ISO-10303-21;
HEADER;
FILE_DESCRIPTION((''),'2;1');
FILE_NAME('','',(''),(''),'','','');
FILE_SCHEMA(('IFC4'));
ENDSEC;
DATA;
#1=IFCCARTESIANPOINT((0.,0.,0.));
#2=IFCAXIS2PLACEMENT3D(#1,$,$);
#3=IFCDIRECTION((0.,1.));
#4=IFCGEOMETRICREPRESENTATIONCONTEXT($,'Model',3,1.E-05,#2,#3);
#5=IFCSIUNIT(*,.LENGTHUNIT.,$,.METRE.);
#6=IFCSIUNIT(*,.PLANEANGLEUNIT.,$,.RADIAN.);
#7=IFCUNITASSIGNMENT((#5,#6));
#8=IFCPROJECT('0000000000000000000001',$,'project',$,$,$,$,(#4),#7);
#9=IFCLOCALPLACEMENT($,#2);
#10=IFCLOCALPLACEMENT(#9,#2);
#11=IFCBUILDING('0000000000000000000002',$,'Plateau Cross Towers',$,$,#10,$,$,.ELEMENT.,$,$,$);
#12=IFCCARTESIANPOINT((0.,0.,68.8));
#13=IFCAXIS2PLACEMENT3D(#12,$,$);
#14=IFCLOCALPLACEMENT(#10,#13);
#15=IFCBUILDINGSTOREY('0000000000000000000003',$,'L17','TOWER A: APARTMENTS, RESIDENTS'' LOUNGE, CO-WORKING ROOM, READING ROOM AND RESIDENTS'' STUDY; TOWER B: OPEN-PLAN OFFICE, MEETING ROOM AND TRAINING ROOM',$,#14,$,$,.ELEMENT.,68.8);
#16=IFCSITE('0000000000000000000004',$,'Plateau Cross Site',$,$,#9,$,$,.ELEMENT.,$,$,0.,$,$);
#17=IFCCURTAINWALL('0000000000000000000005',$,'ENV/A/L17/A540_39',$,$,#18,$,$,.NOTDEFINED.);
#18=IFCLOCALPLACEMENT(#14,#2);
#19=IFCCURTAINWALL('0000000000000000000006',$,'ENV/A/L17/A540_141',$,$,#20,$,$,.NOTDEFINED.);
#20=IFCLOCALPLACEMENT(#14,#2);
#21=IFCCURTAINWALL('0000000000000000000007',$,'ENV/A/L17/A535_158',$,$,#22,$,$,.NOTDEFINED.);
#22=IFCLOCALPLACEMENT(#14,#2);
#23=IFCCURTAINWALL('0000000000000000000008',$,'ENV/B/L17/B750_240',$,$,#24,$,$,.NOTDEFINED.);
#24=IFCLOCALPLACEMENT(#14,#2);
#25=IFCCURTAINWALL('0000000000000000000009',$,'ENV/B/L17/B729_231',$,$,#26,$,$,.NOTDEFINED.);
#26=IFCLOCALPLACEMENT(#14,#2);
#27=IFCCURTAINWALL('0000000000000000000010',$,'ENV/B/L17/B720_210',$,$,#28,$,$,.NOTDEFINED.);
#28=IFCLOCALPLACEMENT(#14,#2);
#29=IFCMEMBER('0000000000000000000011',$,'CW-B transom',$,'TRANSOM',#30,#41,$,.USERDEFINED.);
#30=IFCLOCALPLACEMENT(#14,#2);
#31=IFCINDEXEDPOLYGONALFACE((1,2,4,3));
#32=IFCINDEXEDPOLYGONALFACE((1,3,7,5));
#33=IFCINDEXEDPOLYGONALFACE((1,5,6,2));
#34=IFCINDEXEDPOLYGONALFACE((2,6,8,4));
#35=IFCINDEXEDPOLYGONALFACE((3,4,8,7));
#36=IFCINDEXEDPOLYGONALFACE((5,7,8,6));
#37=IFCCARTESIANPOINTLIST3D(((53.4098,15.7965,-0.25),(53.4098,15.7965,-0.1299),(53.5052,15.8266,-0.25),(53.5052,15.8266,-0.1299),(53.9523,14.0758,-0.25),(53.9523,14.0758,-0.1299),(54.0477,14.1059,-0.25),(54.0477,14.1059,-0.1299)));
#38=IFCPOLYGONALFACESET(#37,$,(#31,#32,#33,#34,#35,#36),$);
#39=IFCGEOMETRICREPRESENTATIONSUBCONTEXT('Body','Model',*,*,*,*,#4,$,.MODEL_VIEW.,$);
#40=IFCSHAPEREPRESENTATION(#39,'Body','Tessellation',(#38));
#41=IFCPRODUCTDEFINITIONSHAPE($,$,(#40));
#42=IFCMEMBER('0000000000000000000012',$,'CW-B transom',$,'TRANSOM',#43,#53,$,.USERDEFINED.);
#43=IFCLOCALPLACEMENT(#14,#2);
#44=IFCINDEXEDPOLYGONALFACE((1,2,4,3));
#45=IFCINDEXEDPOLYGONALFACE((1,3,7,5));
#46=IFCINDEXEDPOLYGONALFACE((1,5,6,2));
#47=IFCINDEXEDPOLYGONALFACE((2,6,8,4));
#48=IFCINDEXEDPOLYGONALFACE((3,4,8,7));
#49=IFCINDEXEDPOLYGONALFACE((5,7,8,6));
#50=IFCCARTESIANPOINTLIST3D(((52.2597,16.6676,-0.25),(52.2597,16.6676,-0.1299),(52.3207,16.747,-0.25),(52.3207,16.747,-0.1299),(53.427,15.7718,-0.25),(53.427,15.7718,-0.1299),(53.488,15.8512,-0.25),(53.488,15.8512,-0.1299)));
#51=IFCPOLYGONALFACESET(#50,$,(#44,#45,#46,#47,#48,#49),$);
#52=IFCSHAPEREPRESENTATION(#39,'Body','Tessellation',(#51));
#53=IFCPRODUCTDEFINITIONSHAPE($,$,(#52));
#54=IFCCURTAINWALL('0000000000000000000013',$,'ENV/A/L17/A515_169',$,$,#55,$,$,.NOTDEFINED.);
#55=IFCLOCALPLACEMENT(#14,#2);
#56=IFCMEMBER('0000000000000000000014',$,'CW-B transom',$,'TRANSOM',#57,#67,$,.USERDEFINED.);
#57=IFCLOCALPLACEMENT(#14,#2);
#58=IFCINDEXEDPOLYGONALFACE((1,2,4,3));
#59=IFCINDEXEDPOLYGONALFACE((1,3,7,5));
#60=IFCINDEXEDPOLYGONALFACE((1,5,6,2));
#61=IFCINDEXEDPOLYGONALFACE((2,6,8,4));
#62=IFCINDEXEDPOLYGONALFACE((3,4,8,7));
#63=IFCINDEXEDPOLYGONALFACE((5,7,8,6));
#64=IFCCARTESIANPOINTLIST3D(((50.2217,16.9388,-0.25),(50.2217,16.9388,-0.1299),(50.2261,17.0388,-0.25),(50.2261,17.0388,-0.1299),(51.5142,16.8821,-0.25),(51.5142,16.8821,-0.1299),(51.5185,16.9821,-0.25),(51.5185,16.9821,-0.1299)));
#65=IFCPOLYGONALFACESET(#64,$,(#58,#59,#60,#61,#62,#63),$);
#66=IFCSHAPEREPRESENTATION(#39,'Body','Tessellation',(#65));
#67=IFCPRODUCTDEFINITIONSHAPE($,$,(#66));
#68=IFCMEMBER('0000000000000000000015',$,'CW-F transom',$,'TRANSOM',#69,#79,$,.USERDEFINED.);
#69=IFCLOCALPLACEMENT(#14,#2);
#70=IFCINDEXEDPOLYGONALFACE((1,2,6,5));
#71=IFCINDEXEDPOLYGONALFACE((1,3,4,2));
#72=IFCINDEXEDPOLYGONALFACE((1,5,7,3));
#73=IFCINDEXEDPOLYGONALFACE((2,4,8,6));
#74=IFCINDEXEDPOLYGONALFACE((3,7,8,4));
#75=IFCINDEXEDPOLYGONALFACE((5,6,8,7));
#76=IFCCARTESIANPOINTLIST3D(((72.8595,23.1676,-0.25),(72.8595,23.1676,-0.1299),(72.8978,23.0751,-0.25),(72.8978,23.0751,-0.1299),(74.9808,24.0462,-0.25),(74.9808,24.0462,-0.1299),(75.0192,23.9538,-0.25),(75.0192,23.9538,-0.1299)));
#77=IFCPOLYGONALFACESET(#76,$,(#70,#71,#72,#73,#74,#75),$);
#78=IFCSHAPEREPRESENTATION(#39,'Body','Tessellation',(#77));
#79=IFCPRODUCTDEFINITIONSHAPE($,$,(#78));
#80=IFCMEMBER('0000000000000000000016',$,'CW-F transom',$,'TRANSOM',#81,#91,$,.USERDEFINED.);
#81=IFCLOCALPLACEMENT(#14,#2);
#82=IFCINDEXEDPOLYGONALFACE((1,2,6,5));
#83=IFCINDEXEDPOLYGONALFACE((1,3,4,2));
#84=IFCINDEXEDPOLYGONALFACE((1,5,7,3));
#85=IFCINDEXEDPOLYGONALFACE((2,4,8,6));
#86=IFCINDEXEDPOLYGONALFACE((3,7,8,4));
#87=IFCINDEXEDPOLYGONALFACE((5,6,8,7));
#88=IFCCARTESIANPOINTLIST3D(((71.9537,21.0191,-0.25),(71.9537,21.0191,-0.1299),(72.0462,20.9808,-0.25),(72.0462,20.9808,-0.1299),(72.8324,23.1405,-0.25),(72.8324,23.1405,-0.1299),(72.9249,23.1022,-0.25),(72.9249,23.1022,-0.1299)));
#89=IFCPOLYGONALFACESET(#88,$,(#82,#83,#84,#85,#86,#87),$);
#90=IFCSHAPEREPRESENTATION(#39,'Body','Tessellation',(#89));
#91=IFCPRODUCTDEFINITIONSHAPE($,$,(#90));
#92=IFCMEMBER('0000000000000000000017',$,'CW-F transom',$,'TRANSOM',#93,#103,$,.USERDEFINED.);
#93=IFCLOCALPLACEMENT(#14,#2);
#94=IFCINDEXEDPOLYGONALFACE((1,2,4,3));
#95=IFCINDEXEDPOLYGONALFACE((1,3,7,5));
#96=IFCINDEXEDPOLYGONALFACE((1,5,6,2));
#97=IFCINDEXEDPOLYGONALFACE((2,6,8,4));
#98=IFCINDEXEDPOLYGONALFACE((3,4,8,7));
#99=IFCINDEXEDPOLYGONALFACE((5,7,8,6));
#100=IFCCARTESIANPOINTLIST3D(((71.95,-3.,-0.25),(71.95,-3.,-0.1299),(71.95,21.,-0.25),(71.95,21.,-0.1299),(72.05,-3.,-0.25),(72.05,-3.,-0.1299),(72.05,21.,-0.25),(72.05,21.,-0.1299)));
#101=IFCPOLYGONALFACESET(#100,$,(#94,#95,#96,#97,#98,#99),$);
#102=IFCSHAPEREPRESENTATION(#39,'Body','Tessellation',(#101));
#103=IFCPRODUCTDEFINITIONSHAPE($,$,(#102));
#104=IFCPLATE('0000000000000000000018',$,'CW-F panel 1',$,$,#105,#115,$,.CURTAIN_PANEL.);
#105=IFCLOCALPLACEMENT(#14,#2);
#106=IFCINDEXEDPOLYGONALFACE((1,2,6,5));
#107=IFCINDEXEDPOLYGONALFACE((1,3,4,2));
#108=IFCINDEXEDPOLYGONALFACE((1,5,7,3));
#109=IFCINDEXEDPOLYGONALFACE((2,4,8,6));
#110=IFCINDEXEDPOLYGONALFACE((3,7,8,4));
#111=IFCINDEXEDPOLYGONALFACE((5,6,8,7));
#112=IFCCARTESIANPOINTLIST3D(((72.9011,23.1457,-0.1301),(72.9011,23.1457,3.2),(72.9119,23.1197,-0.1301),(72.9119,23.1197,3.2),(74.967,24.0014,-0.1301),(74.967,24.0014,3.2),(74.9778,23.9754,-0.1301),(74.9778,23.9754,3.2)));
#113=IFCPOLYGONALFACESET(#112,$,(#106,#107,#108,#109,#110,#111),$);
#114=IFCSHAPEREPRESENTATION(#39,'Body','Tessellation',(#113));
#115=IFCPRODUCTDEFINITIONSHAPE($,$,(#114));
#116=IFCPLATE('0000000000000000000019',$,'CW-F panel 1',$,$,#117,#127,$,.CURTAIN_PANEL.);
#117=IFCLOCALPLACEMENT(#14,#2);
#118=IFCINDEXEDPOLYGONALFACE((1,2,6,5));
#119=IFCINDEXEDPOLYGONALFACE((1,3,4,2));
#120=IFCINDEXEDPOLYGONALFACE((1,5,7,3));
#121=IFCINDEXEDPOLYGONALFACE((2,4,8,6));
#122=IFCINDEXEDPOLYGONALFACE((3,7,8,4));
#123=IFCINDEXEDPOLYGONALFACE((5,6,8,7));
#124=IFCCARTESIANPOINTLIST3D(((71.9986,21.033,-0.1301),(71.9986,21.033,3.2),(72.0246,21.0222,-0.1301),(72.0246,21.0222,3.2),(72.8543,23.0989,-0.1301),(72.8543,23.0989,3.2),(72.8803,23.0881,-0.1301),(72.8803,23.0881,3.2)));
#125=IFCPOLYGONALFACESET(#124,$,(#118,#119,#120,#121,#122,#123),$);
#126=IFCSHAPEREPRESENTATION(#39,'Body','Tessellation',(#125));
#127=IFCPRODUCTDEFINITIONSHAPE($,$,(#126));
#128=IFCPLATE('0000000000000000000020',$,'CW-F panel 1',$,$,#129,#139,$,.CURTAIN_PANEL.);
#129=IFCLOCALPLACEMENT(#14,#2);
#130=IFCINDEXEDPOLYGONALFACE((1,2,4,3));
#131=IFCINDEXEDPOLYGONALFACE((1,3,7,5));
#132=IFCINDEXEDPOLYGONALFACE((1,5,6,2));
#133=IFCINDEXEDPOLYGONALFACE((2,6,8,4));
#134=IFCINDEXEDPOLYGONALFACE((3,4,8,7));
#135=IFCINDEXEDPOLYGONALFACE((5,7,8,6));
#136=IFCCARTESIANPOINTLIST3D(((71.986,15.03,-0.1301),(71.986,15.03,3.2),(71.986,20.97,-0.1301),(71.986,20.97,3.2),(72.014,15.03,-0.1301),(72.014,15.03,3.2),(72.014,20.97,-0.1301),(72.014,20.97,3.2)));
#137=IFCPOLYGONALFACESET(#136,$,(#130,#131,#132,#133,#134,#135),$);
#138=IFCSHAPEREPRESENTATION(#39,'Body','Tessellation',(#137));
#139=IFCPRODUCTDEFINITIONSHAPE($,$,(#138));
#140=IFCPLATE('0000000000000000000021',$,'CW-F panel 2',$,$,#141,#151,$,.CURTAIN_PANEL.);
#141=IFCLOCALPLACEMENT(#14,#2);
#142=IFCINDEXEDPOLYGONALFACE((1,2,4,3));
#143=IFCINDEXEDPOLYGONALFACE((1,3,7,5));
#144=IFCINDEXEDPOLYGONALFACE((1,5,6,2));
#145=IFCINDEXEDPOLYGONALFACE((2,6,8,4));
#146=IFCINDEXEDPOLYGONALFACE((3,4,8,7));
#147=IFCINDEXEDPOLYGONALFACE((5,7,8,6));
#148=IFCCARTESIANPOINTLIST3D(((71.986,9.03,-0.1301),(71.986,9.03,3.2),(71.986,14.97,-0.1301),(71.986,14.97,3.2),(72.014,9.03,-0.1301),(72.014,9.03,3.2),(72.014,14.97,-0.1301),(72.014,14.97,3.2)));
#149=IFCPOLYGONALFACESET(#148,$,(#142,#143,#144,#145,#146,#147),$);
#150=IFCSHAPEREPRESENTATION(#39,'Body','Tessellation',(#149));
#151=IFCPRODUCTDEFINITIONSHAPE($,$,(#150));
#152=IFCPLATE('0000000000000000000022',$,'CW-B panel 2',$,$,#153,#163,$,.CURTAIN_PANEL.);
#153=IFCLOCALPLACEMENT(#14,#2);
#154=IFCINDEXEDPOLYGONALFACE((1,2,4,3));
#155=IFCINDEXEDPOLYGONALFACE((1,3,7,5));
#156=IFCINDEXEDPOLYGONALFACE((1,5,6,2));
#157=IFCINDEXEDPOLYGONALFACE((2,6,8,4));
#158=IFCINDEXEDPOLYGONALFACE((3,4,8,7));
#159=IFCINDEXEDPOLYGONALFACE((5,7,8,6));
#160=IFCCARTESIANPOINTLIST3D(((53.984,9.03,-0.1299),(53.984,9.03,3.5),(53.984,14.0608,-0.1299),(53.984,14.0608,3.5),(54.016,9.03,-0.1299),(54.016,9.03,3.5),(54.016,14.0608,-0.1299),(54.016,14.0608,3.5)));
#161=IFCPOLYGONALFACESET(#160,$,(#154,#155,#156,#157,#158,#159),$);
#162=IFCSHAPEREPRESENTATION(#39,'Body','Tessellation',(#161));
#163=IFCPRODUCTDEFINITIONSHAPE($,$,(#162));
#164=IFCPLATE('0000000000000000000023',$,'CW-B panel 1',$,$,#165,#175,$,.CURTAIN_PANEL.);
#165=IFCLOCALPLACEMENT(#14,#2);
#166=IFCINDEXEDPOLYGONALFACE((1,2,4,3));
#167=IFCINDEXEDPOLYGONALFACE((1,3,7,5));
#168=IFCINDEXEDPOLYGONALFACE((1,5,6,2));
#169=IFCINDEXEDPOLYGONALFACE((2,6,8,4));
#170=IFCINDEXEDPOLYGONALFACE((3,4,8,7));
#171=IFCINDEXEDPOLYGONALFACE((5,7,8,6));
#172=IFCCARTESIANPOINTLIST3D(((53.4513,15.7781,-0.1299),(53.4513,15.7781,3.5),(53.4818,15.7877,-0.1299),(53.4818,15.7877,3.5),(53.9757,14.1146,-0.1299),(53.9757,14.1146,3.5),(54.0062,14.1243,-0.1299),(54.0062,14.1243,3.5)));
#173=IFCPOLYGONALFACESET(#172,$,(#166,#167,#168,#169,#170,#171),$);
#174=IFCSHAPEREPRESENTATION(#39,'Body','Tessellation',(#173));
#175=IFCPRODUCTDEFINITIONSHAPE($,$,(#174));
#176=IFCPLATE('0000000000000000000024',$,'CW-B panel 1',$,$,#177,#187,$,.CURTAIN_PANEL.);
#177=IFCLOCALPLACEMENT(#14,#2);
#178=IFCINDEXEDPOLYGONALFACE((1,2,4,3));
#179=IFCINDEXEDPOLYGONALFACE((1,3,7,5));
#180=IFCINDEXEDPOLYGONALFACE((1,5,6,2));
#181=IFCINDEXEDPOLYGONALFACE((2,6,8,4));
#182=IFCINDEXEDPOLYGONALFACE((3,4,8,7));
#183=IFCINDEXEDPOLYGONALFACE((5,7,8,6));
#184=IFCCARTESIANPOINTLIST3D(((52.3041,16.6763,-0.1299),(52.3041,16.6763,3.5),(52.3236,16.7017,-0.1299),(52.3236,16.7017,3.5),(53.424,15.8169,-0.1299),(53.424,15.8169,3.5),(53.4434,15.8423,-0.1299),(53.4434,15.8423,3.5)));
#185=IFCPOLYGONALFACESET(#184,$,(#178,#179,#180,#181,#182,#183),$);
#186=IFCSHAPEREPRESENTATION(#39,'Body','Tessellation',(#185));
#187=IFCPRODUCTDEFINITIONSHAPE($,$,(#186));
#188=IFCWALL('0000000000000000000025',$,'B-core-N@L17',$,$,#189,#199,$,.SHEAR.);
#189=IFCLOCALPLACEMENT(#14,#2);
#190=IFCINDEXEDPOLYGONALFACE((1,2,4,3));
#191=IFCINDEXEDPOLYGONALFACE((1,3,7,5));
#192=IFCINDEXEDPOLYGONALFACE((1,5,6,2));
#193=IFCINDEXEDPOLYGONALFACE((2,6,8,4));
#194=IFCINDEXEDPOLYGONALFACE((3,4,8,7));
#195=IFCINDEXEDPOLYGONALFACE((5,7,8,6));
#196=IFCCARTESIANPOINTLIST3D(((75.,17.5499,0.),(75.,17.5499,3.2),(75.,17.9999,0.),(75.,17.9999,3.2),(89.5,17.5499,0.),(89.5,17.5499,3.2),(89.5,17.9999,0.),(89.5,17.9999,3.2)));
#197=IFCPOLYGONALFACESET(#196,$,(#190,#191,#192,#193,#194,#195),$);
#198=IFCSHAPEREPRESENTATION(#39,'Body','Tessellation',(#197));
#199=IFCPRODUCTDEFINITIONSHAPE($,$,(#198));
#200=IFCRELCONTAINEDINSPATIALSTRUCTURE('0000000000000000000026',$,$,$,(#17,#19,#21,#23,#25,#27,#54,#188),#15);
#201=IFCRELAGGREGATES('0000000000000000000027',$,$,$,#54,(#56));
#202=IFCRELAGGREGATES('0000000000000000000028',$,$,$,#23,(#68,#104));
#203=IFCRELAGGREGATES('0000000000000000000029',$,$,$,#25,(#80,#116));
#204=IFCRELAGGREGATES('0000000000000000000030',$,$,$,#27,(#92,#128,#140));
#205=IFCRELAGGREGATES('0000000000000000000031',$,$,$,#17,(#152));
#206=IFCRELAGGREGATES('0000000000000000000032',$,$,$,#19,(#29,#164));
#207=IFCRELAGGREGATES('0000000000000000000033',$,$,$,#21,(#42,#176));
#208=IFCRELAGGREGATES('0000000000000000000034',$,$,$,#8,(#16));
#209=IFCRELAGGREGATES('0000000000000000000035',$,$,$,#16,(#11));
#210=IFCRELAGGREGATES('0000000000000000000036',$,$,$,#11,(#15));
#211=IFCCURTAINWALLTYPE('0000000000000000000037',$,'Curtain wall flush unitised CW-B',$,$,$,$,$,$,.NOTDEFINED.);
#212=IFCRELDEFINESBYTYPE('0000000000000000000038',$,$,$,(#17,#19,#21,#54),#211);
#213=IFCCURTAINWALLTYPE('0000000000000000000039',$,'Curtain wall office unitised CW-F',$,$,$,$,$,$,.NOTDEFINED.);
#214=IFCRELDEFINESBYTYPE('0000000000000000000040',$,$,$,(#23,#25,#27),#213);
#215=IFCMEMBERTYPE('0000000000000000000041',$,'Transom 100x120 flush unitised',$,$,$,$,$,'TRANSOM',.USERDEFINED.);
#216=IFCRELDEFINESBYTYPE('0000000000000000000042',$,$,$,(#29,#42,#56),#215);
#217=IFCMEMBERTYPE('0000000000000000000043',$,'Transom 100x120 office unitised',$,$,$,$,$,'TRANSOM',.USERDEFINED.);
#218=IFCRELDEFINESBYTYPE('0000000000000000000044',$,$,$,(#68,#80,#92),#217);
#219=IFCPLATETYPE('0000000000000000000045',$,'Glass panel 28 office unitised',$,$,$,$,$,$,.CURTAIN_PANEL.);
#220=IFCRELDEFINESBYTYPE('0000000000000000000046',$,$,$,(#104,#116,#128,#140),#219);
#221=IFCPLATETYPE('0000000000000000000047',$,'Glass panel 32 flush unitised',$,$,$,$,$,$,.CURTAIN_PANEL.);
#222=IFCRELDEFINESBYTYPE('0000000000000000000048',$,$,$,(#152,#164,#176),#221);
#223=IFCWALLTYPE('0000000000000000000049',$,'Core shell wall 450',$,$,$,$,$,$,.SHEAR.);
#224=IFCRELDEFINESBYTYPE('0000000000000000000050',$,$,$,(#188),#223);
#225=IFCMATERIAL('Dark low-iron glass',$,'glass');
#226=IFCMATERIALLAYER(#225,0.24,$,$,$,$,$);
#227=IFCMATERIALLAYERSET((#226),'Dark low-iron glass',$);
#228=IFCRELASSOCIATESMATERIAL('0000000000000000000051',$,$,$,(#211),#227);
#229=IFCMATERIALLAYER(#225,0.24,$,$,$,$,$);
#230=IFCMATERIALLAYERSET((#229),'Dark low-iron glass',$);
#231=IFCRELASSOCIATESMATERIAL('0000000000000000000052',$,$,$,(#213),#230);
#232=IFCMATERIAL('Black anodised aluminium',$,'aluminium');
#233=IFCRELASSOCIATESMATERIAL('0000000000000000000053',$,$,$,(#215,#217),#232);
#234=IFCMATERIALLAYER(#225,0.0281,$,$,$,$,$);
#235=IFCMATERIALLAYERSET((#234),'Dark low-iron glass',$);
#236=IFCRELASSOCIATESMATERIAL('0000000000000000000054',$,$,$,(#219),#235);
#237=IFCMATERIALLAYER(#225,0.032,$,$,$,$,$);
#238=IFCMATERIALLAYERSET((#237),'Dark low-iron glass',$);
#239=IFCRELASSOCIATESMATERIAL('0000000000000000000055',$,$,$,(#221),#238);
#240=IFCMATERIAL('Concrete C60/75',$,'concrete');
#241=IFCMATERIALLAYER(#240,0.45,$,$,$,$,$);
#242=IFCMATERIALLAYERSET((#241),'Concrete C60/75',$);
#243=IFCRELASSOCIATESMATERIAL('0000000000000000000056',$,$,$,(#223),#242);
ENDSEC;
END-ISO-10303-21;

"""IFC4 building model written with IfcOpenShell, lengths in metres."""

from ifc_helpers import new_model, si_unit, direction, frame, frame_2d, origin, origin_2d, place, context, subcontext, project, spatial, rectangle, extrude, material, layer, layer_set, material_profile, profile_set, type_object, element, aggregate, save


model = new_model("IFC4")

# Units and contexts
model_context = context("Model", 3, precision=1e-05, world=origin(), true_north=direction((0.0, 1.0)))
body_context = subcontext(model_context, "Body", "Model", "MODEL_VIEW")
ifc_project = project(units=[si_unit("LENGTHUNIT", "METRE"), si_unit("PLANEANGLEUNIT", "RADIAN")], contexts=[model_context])

# Site, building, storey
site_placement = place(None, origin())
site = spatial("IfcSite", under=ifc_project, at=site_placement, Name="Plateau Cross Site", CompositionType="ELEMENT", RefElevation=0.0)
building_placement = place(site_placement, origin())
building = spatial("IfcBuilding", under=site, at=building_placement, Name="Plateau Cross Towers", CompositionType="ELEMENT")
storey_placement = place(building_placement, frame((0.0, 0.0, 68.8)))
storey = spatial("IfcBuildingStorey", under=building, at=storey_placement, Name="L17", Description="TOWER A: APARTMENTS, RESIDENTS' LOUNGE, CO-WORKING ROOM, READING ROOM AND RESIDENTS' STUDY; TOWER B: OPEN-PLAN OFFICE, MEETING ROOM AND TRAINING ROOM", CompositionType="ELEMENT", Elevation=68.8)

# Shared definitions
ifc_material_1 = material(Name="Concrete C60/75", Category="concrete")

# Curtain walls
ifc_material_2 = material(Name="Dark low-iron glass", Category="glass")
ifc_layer_1 = layer(ifc_material_2, 0.24)
ifc_layer_set_1 = layer_set([ifc_layer_1], Name="Dark low-iron glass")
curtain_wall_type_1 = type_object("IfcCurtainWallType", Name="Curtain wall flush unitised CW-B", PredefinedType="NOTDEFINED", material=ifc_layer_set_1)
curtain_wall_1_placement = place(storey_placement, origin())
curtain_wall_1 = element("IfcCurtainWall", 1, at=curtain_wall_1_placement, inside=storey, type_object=curtain_wall_type_1, Name="ENV/A/L17/A540_39", PredefinedType="NOTDEFINED")
ifc_material_3 = material(Name="Black anodised aluminium", Category="aluminium")
curtain_wall_2_placement = place(storey_placement, origin())
curtain_wall_2 = element("IfcCurtainWall", 2, at=curtain_wall_2_placement, inside=storey, type_object=curtain_wall_type_1, Name="ENV/A/L17/A540_141", PredefinedType="NOTDEFINED")

# Curtain wall
curtain_wall_3_placement = place(storey_placement, origin())
curtain_wall_3 = element("IfcCurtainWall", 3, at=curtain_wall_3_placement, inside=storey, type_object=curtain_wall_type_1, Name="ENV/A/L17/A535_158", PredefinedType="NOTDEFINED")

# Curtain walls
ifc_layer_2 = layer(ifc_material_2, 0.24)
ifc_layer_set_2 = layer_set([ifc_layer_2], Name="Dark low-iron glass")
curtain_wall_type_2 = type_object("IfcCurtainWallType", Name="Curtain wall office unitised CW-F", PredefinedType="NOTDEFINED", material=ifc_layer_set_2)
curtain_wall_4_placement = place(storey_placement, origin())
curtain_wall_4 = element("IfcCurtainWall", 4, at=curtain_wall_4_placement, inside=storey, type_object=curtain_wall_type_2, Name="ENV/B/L17/B750_240", PredefinedType="NOTDEFINED")
curtain_wall_5_placement = place(storey_placement, origin())
curtain_wall_5 = element("IfcCurtainWall", 5, at=curtain_wall_5_placement, inside=storey, type_object=curtain_wall_type_2, Name="ENV/B/L17/B729_231", PredefinedType="NOTDEFINED")

# Curtain wall
curtain_wall_6_placement = place(storey_placement, origin())
curtain_wall_6 = element("IfcCurtainWall", 6, at=curtain_wall_6_placement, inside=storey, type_object=curtain_wall_type_2, Name="ENV/B/L17/B720_210", PredefinedType="NOTDEFINED")

# Members
ifc_material_profile_1 = material_profile(ifc_material_3, rectangle(XDim=0.1001, YDim=0.1201, at=origin_2d()), Name="TRANSOM 100x120")
ifc_profile_set_1 = profile_set([ifc_material_profile_1], Name="Black anodised aluminium")
member_type_1 = type_object("IfcMemberType", Name="Transom 100x120 flush unitised", ElementType="TRANSOM", PredefinedType="USERDEFINED", material=ifc_profile_set_1)
member_1_placement = place(storey_placement, frame((54.0, 14.0908, -0.1899), z_axis=(-0.300678, 0.953726, 0.0), x_axis=(-0.953726, -0.300678, 0.0)))
member_1 = element("IfcMember", 7, at=member_1_placement, type_object=member_type_1, Name="CW-B transom", ObjectType="TRANSOM", PredefinedType="USERDEFINED", context=body_context, shape_type="SweptSolid", body=[
    extrude(rectangle(XDim=0.1001, YDim=0.1201, at=origin_2d()), origin(), (0.0, 0.0, 1.0), 1.8042),
])
member_2_placement = place(storey_placement, frame((53.4575, 15.8115, -0.1899), z_axis=(-0.793321, 0.608804, 0.0), x_axis=(-0.608804, -0.793321, 0.0)))
member_2 = element("IfcMember", 8, at=member_2_placement, type_object=member_type_1, Name="CW-B transom", ObjectType="TRANSOM", PredefinedType="USERDEFINED", context=body_context, shape_type="SweptSolid", body=[
    extrude(rectangle(XDim=0.1001, YDim=0.1201, at=origin_2d()), origin(), (0.0, 0.0, 1.0), 1.4714),
])

# Curtain wall, member
curtain_wall_7_placement = place(storey_placement, origin())
curtain_wall_7 = element("IfcCurtainWall", 9, at=curtain_wall_7_placement, inside=storey, type_object=curtain_wall_type_1, Name="ENV/A/L17/A515_169", PredefinedType="NOTDEFINED")
member_3_placement = place(storey_placement, frame((51.5164, 16.9321, -0.1899), z_axis=(-0.999041, 0.043781, 0.0), x_axis=(-0.043781, -0.999041, 0.0)))
member_3 = element("IfcMember", 10, at=member_3_placement, type_object=member_type_1, Name="CW-B transom", ObjectType="TRANSOM", PredefinedType="USERDEFINED", context=body_context, shape_type="SweptSolid", body=[
    extrude(rectangle(XDim=0.1001, YDim=0.1201, at=origin_2d()), origin(), (0.0, 0.0, 1.0), 1.2937),
])
aggregate(curtain_wall_7, [member_3])

# Members
ifc_material_profile_2 = material_profile(ifc_material_3, rectangle(XDim=0.1001, YDim=0.1201, at=origin_2d()), Name="TRANSOM 100x120")
ifc_profile_set_2 = profile_set([ifc_material_profile_2], Name="Black anodised aluminium")
member_type_2 = type_object("IfcMemberType", Name="Transom 100x120 office unitised", ElementType="TRANSOM", PredefinedType="USERDEFINED", material=ifc_profile_set_2)
member_4_placement = place(storey_placement, frame((75.0, 24.0, -0.1899), z_axis=(-0.923883, -0.382674, 0.0), x_axis=(0.382674, -0.923883, 0.0)))
member_4 = element("IfcMember", 11, at=member_4_placement, type_object=member_type_2, Name="CW-F transom", ObjectType="TRANSOM", PredefinedType="USERDEFINED", context=body_context, shape_type="SweptSolid", body=[
    extrude(rectangle(XDim=0.1001, YDim=0.1201, at=origin_2d()), origin(), (0.0, 0.0, 1.0), 2.2961),
])
member_5_placement = place(storey_placement, frame((72.8787, 23.1213, -0.1899), z_axis=(-0.382674, -0.923883, 0.0), x_axis=(0.923883, -0.382674, 0.0)))
member_5 = element("IfcMember", 12, at=member_5_placement, type_object=member_type_2, Name="CW-F transom", ObjectType="TRANSOM", PredefinedType="USERDEFINED", context=body_context, shape_type="SweptSolid", body=[
    extrude(rectangle(XDim=0.1001, YDim=0.1201, at=origin_2d()), origin(), (0.0, 0.0, 1.0), 2.2961),
])
member_6_placement = place(storey_placement, frame((72.0, 21.0, -0.1899), z_axis=(0.0, -1.0, 0.0), x_axis=(1.0, 0.0, 0.0)))
member_6 = element("IfcMember", 13, at=member_6_placement, type_object=member_type_2, Name="CW-F transom", ObjectType="TRANSOM", PredefinedType="USERDEFINED", context=body_context, shape_type="SweptSolid", body=[
    extrude(rectangle(XDim=0.1001, YDim=0.1201, at=origin_2d()), origin(), (0.0, 0.0, 1.0), 24.0),
])

# Plates
ifc_layer_3 = layer(ifc_material_2, 0.0281)
ifc_layer_set_3 = layer_set([ifc_layer_3], Name="Dark low-iron glass")
plate_type_1 = type_object("IfcPlateType", Name="Glass panel 28 office unitised", PredefinedType="CURTAIN_PANEL", material=ifc_layer_set_3)
plate_1_placement = place(storey_placement, frame((73.9395, 23.5605, -0.1301), z_axis=(0.0, 0.0, 1.0), x_axis=(-0.923879, -0.382684, 0.0)))
plate_1 = element("IfcPlate", 14, at=plate_1_placement, type_object=plate_type_1, Name="CW-F panel 1", PredefinedType="CURTAIN_PANEL", context=body_context, shape_type="SweptSolid", body=[
    extrude(rectangle(XDim=2.2361, YDim=0.0281, at=origin_2d()), origin(), (0.0, 0.0, 1.0), 3.3301),
])
aggregate(curtain_wall_4, [member_4, plate_1])
plate_2_placement = place(storey_placement, frame((72.4395, 22.0605, -0.1301), z_axis=(0.0, 0.0, 1.0), x_axis=(-0.382684, -0.923879, 0.0)))
plate_2 = element("IfcPlate", 15, at=plate_2_placement, type_object=plate_type_1, Name="CW-F panel 1", PredefinedType="CURTAIN_PANEL", context=body_context, shape_type="SweptSolid", body=[
    extrude(rectangle(XDim=2.2361, YDim=0.0281, at=origin_2d()), origin(), (0.0, 0.0, 1.0), 3.3301),
])
aggregate(curtain_wall_5, [member_5, plate_2])
plate_3_placement = place(storey_placement, frame((72.0, 18.0, -0.1301), z_axis=(0.0, 0.0, 1.0), x_axis=(0.0, -1.0, 0.0)))
plate_3 = element("IfcPlate", 16, at=plate_3_placement, type_object=plate_type_1, Name="CW-F panel 1", PredefinedType="CURTAIN_PANEL", context=body_context, shape_type="SweptSolid", body=[
    extrude(rectangle(XDim=5.9399, YDim=0.0281, at=origin_2d()), origin(), (0.0, 0.0, 1.0), 3.3301),
])
plate_4_placement = place(storey_placement, frame((72.0, 12.0, -0.1301), z_axis=(0.0, 0.0, 1.0), x_axis=(0.0, -1.0, 0.0)))
plate_4 = element("IfcPlate", 17, at=plate_4_placement, type_object=plate_type_1, Name="CW-F panel 2", PredefinedType="CURTAIN_PANEL", context=body_context, shape_type="SweptSolid", body=[
    extrude(rectangle(XDim=5.9399, YDim=0.0281, at=origin_2d()), origin(), (0.0, 0.0, 1.0), 3.3301),
])
aggregate(curtain_wall_6, [member_6, plate_3, plate_4])
ifc_layer_4 = layer(ifc_material_2, 0.032)
ifc_layer_set_4 = layer_set([ifc_layer_4], Name="Dark low-iron glass")
plate_type_2 = type_object("IfcPlateType", Name="Glass panel 32 flush unitised", PredefinedType="CURTAIN_PANEL", material=ifc_layer_set_4)
plate_5_placement = place(storey_placement, frame((54.0, 11.5454, -0.1299), z_axis=(0.0, 0.0, 1.0), x_axis=(0.0, 1.0, 0.0)))
plate_5 = element("IfcPlate", 18, at=plate_5_placement, type_object=plate_type_2, Name="CW-B panel 2", PredefinedType="CURTAIN_PANEL", context=body_context, shape_type="SweptSolid", body=[
    extrude(rectangle(XDim=5.0308, YDim=0.032, at=origin_2d()), origin(), (0.0, 0.0, 1.0), 3.6299),
])
aggregate(curtain_wall_1, [plate_5])
plate_6_placement = place(storey_placement, frame((53.7288, 14.9512, -0.1299), z_axis=(0.0, 0.0, 1.0), x_axis=(-0.300686, 0.953723, 0.0)))
plate_6 = element("IfcPlate", 19, at=plate_6_placement, type_object=plate_type_2, Name="CW-B panel 1", PredefinedType="CURTAIN_PANEL", context=body_context, shape_type="SweptSolid", body=[
    extrude(rectangle(XDim=1.7441, YDim=0.032, at=origin_2d()), origin(), (0.0, 0.0, 1.0), 3.6299),
])
aggregate(curtain_wall_2, [member_1, plate_6])
plate_7_placement = place(storey_placement, frame((52.8738, 16.2593, -0.1299), z_axis=(0.0, 0.0, 1.0), x_axis=(-0.793316, 0.608811, 0.0)))
plate_7 = element("IfcPlate", 20, at=plate_7_placement, type_object=plate_type_2, Name="CW-B panel 1", PredefinedType="CURTAIN_PANEL", context=body_context, shape_type="SweptSolid", body=[
    extrude(rectangle(XDim=1.4116, YDim=0.032, at=origin_2d()), origin(), (0.0, 0.0, 1.0), 3.6299),
])
aggregate(curtain_wall_3, [member_2, plate_7])

# Wall
ifc_layer_5 = layer(ifc_material_1, 0.45)
ifc_layer_set_5 = layer_set([ifc_layer_5], Name="Concrete C60/75")
wall_type_1 = type_object("IfcWallType", Name="Core shell wall 450", PredefinedType="SHEAR", material=ifc_layer_set_5)
wall_1_placement = place(storey_placement, frame((75.0, 17.7749, 0.0), z_axis=(0.0, 0.0, 1.0), x_axis=(1.0, 0.0, 0.0)))
element("IfcWall", 21, at=wall_1_placement, inside=storey, type_object=wall_type_1, Name="B-core-N@L17", PredefinedType="SHEAR", context=body_context, shape_type="SweptSolid", body=[
    extrude(rectangle(XDim=14.5, YDim=0.45, at=frame_2d((7.25, 0.0))), origin(), (0.0, 0.0, 1.0), 3.2),
])

save(model, "model.ifc")
